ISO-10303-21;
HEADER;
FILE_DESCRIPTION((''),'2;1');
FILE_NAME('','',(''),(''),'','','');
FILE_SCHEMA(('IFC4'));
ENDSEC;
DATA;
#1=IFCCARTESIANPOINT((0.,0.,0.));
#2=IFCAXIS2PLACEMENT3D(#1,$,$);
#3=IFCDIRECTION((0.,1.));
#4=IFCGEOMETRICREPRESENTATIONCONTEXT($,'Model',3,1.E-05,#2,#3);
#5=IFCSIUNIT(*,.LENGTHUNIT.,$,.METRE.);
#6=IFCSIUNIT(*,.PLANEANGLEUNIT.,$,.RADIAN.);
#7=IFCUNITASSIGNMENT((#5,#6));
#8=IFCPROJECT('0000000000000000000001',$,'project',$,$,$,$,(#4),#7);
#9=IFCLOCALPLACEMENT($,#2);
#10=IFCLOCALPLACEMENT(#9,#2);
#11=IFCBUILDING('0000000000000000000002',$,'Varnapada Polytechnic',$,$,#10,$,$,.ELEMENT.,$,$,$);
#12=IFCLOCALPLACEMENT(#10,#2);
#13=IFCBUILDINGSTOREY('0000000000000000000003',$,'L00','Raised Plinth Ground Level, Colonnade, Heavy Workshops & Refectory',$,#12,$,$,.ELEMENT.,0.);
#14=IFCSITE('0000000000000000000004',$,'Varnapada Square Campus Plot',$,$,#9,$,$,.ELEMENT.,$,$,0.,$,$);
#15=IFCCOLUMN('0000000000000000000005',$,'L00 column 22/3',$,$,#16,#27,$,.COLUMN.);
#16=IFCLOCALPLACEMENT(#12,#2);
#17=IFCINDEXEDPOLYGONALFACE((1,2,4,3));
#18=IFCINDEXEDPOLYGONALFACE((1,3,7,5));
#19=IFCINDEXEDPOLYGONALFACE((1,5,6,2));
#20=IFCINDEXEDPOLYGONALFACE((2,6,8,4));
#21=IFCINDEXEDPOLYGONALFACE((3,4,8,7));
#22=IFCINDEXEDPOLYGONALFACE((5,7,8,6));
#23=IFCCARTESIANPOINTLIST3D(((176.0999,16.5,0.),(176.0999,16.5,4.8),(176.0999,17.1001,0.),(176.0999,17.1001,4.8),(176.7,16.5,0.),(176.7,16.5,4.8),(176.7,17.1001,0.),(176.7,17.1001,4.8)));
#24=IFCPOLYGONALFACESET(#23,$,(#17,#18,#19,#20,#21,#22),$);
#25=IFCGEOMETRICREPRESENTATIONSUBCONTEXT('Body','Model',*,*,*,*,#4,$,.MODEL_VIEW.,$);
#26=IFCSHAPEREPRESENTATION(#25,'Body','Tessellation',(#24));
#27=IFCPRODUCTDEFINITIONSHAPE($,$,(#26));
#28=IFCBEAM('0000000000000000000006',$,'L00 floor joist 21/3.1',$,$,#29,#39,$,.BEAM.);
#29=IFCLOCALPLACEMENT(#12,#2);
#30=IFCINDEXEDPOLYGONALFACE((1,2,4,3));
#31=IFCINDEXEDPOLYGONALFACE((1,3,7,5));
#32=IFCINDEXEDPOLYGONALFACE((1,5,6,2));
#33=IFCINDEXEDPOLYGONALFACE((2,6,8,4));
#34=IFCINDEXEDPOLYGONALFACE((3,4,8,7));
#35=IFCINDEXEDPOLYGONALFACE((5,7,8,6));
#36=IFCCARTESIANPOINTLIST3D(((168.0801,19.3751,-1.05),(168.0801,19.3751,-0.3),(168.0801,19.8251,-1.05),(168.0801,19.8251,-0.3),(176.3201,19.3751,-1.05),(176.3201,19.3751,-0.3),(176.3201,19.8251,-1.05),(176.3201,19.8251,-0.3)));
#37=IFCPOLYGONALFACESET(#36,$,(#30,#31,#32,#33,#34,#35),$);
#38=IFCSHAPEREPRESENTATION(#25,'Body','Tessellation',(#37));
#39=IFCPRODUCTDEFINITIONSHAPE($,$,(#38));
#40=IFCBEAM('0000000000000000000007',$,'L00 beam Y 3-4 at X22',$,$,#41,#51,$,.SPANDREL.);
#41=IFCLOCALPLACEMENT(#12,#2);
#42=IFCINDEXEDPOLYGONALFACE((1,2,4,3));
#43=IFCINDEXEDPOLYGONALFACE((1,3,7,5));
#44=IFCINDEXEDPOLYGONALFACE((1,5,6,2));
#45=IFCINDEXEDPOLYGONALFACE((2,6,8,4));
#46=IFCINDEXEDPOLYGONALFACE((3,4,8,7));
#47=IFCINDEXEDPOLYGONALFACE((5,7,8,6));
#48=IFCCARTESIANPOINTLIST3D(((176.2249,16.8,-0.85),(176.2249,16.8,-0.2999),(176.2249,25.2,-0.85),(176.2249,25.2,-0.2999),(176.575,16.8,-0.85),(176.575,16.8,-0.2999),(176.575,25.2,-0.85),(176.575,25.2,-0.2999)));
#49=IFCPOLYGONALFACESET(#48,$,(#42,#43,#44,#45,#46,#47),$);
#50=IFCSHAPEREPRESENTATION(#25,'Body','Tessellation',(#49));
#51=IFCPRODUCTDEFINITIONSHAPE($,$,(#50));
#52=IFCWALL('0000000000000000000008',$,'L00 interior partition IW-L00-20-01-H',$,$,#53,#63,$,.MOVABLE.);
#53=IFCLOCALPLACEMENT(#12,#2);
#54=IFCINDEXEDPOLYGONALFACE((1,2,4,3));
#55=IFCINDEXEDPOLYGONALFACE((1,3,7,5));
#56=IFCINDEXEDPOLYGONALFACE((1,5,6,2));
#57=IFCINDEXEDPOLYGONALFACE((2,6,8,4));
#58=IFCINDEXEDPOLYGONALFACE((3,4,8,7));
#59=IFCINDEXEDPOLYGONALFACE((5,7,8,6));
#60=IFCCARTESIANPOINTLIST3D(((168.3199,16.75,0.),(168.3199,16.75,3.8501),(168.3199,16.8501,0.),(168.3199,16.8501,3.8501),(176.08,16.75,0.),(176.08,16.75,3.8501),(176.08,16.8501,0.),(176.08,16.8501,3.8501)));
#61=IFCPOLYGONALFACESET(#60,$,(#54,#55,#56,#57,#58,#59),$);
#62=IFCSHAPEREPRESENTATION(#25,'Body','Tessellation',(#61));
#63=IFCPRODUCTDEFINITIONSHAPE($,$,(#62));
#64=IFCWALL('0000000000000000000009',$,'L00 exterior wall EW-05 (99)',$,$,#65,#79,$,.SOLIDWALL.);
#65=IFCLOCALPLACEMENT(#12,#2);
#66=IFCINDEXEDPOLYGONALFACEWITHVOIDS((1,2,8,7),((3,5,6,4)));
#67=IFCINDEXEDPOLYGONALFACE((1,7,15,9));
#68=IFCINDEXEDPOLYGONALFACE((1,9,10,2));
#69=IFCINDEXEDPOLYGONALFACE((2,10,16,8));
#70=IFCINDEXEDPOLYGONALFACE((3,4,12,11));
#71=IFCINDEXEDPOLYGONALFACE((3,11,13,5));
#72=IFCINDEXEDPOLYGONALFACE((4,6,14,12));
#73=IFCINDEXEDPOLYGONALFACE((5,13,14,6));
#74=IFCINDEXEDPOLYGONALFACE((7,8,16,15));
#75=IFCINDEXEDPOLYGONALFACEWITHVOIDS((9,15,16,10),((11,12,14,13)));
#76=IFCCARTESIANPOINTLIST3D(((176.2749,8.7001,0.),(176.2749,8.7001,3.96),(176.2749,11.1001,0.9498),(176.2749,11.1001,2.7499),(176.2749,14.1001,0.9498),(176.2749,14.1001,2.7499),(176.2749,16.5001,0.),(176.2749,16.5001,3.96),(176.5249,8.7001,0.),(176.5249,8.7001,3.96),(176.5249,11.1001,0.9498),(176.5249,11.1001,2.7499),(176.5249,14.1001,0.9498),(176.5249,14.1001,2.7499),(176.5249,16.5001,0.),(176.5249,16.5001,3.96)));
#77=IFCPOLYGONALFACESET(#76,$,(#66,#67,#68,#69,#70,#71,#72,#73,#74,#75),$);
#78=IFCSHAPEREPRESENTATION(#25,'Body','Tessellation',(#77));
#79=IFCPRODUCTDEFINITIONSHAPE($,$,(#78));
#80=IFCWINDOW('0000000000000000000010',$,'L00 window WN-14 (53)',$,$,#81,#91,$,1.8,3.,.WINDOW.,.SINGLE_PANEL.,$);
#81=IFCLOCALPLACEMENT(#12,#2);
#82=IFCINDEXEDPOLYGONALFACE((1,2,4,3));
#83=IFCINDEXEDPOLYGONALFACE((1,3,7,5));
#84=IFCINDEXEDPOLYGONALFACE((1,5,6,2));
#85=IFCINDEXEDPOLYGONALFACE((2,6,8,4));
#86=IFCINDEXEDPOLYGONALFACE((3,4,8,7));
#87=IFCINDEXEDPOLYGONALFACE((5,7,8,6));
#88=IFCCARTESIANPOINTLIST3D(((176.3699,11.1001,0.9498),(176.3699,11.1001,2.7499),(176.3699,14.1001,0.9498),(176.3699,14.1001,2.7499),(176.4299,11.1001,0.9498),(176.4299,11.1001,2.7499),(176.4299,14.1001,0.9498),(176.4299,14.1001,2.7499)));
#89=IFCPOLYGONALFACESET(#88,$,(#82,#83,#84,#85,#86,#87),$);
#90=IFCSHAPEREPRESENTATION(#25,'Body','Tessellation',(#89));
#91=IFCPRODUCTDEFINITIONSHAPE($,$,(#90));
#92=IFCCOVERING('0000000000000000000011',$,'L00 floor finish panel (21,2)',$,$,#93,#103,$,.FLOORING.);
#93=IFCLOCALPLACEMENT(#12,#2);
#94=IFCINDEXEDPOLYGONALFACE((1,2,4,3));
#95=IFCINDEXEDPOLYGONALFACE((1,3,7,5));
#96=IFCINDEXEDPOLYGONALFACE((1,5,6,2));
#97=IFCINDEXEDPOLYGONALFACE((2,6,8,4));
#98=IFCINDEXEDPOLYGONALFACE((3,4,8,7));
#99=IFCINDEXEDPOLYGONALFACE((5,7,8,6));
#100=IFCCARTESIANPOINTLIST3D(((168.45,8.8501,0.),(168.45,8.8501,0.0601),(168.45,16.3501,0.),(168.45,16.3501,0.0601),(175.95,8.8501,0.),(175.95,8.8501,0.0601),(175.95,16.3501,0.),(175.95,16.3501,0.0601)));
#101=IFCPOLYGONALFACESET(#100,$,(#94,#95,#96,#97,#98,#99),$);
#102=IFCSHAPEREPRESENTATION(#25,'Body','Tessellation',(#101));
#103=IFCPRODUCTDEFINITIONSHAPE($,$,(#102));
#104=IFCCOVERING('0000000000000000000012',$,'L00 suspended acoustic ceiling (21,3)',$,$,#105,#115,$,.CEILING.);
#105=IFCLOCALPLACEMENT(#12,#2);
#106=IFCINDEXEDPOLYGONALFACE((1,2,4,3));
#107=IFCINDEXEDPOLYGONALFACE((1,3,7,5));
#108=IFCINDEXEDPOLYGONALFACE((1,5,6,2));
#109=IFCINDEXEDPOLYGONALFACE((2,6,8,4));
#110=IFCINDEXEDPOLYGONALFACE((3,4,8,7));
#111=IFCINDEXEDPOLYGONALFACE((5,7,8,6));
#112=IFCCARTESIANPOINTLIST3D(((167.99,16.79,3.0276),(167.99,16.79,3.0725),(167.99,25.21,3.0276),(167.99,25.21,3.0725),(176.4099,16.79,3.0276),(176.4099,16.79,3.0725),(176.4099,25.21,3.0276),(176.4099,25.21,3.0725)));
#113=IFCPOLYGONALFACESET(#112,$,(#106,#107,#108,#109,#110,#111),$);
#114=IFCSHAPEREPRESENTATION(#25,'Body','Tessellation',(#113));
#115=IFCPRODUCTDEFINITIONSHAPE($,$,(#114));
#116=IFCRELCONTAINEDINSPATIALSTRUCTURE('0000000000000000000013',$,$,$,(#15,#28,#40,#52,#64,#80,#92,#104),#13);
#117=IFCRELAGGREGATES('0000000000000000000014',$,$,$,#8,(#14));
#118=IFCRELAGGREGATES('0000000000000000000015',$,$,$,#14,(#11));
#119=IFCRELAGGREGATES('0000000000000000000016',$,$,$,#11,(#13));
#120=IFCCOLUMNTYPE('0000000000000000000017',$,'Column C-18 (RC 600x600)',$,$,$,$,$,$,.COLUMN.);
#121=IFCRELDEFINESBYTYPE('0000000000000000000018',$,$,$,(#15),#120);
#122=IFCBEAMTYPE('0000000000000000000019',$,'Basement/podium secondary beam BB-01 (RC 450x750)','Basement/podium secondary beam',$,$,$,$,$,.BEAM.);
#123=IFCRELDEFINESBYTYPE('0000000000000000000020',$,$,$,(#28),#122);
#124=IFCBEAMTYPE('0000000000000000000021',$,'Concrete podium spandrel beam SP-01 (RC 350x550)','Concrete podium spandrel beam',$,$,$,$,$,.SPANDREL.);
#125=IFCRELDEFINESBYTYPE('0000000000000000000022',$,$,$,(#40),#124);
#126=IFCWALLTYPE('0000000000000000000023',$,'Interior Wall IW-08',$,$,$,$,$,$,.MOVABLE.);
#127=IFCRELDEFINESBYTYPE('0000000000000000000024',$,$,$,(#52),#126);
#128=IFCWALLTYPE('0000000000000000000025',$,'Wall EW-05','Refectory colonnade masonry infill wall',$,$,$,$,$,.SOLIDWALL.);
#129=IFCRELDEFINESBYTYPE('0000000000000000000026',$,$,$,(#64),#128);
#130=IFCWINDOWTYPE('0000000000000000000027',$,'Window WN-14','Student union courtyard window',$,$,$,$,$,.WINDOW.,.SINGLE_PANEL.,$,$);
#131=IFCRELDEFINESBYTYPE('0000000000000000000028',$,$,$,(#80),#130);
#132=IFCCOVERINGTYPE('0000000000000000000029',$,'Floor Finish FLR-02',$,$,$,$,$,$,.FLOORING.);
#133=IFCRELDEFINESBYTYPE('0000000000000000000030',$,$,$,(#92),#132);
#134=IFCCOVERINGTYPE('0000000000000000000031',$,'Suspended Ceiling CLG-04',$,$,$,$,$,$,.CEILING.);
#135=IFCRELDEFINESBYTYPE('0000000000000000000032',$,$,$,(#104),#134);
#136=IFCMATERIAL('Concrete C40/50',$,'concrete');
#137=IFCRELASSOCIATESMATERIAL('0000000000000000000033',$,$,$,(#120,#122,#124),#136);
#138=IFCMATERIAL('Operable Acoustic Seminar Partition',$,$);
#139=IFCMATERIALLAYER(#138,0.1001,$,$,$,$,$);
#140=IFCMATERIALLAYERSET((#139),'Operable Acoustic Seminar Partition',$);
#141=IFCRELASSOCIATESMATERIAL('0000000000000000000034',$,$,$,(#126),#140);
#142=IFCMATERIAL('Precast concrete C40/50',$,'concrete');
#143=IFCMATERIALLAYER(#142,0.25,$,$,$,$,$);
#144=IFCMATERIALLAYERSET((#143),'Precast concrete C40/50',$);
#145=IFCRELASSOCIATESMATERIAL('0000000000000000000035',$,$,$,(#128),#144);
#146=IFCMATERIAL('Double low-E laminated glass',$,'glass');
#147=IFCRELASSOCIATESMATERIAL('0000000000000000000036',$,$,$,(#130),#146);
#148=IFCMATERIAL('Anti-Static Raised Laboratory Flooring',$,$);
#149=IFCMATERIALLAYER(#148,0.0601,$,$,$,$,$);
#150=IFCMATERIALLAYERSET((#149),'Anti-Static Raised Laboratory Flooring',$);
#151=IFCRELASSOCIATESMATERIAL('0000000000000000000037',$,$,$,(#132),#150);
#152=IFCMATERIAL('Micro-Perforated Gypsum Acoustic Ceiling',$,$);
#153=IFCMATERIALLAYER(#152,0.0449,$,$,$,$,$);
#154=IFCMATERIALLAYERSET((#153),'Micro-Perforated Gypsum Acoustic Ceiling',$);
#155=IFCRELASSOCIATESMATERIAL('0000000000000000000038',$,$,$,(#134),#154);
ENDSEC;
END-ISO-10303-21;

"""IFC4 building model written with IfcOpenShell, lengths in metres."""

from ifc_helpers import new_model, si_unit, direction, frame, frame_2d, origin, origin_2d, place, context, subcontext, project, spatial, rectangle, extrude, material, layer, layer_set, material_profile, profile_set, type_object, element, fill, save


model = new_model("IFC4")

# Units and contexts
model_context = context("Model", 3, precision=1e-05, world=origin(), true_north=direction((0.0, 1.0)))
body_context = subcontext(model_context, "Body", "Model", "MODEL_VIEW")
ifc_project = project(units=[si_unit("LENGTHUNIT", "METRE"), si_unit("PLANEANGLEUNIT", "RADIAN")], contexts=[model_context])

# Site, building, storey
site_placement = place(None, origin())
site = spatial("IfcSite", under=ifc_project, at=site_placement, Name="Varnapada Square Campus Plot", CompositionType="ELEMENT", RefElevation=0.0)
building_placement = place(site_placement, origin())
building = spatial("IfcBuilding", under=site, at=building_placement, Name="Varnapada Polytechnic", CompositionType="ELEMENT")
storey_placement = place(building_placement, origin())
storey = spatial("IfcBuildingStorey", under=building, at=storey_placement, Name="L00", Description="Raised Plinth Ground Level, Colonnade, Heavy Workshops & Refectory", CompositionType="ELEMENT", Elevation=0.0)

# Column
ifc_material_1 = material(Name="Concrete C40/50", Category="concrete")
ifc_material_profile_1 = material_profile(ifc_material_1, rectangle(XDim=0.6001, YDim=0.6001, at=origin_2d()), Name="RC 600x600")
ifc_profile_set_1 = profile_set([ifc_material_profile_1], Name="Concrete C40/50")
column_type = type_object("IfcColumnType", Name="Column C-18 (RC 600x600)", PredefinedType="COLUMN", material=ifc_profile_set_1)
column_placement = place(storey_placement, frame((176.3999, 16.8, 0.0), z_axis=(0.0, 0.0, 1.0), x_axis=(1.0, 0.0, 0.0)))
element("IfcColumn", 1, at=column_placement, inside=storey, type_object=column_type, Name="L00 column 22/3", PredefinedType="COLUMN", context=body_context, shape_type="SweptSolid", body=[
    extrude(rectangle(XDim=0.6001, YDim=0.6001, at=origin_2d()), origin(), (0.0, 0.0, 1.0), 4.8),
])

# Beams
ifc_material_profile_2 = material_profile(ifc_material_1, rectangle(XDim=0.45, YDim=0.75, at=origin_2d()), Name="RC 450x750")
ifc_profile_set_2 = profile_set([ifc_material_profile_2], Name="Concrete C40/50")
beam_type_1 = type_object("IfcBeamType", Name="Basement/podium secondary beam BB-01 (RC 450x750)", Description="Basement/podium secondary beam", PredefinedType="BEAM", material=ifc_profile_set_2)
beam_1_placement = place(storey_placement, frame((168.0801, 19.6001, -0.675), z_axis=(1.0, 0.0, 0.0), x_axis=(0.0, 1.0, 0.0)))
element("IfcBeam", 2, at=beam_1_placement, inside=storey, type_object=beam_type_1, Name="L00 floor joist 21/3.1", PredefinedType="BEAM", context=body_context, shape_type="SweptSolid", body=[
    extrude(rectangle(XDim=0.45, YDim=0.75, at=origin_2d()), origin(), (0.0, 0.0, 1.0), 8.24),
])
ifc_material_profile_3 = material_profile(ifc_material_1, rectangle(XDim=0.3501, YDim=0.55, at=origin_2d()), Name="RC 350x550")
ifc_profile_set_3 = profile_set([ifc_material_profile_3], Name="Concrete C40/50")
beam_type_2 = type_object("IfcBeamType", Name="Concrete podium spandrel beam SP-01 (RC 350x550)", Description="Concrete podium spandrel beam", PredefinedType="SPANDREL", material=ifc_profile_set_3)
beam_2_placement = place(storey_placement, frame((176.3999, 16.8, -0.575), z_axis=(0.0, 1.0, 0.0), x_axis=(-1.0, 0.0, 0.0)))
element("IfcBeam", 3, at=beam_2_placement, inside=storey, type_object=beam_type_2, Name="L00 beam Y 3-4 at X22", PredefinedType="SPANDREL", context=body_context, shape_type="SweptSolid", body=[
    extrude(rectangle(XDim=0.3501, YDim=0.55, at=origin_2d()), origin(), (0.0, 0.0, 1.0), 8.3999),
])

# Wall
ifc_material_2 = material(Name="Operable Acoustic Seminar Partition")
ifc_layer_1 = layer(ifc_material_2, 0.1001)
ifc_layer_set_1 = layer_set([ifc_layer_1], Name="Operable Acoustic Seminar Partition")
wall_type_1 = type_object("IfcWallType", Name="Interior Wall IW-08", PredefinedType="MOVABLE", material=ifc_layer_set_1)
wall_1_placement = place(storey_placement, frame((168.3201, 16.8, 0.0), z_axis=(0.0, 0.0, 1.0), x_axis=(1.0, 0.0, 0.0)))
element("IfcWall", 4, at=wall_1_placement, inside=storey, type_object=wall_type_1, Name="L00 interior partition IW-L00-20-01-H", PredefinedType="MOVABLE", context=body_context, shape_type="SweptSolid", body=[
    extrude(rectangle(XDim=7.76, YDim=0.1001, at=frame_2d((3.8799, 0.0))), origin(), (0.0, 0.0, 1.0), 3.8501),
])

# Wall, opening, window
ifc_material_3 = material(Name="Precast concrete C40/50", Category="concrete")
ifc_layer_2 = layer(ifc_material_3, 0.25)
ifc_layer_set_2 = layer_set([ifc_layer_2], Name="Precast concrete C40/50")
wall_type_2 = type_object("IfcWallType", Name="Wall EW-05", Description="Refectory colonnade masonry infill wall", PredefinedType="SOLIDWALL", material=ifc_layer_set_2)
wall_2_placement = place(storey_placement, frame((176.3999, 16.5, 0.0), z_axis=(0.0, 0.0, 1.0), x_axis=(0.0, -1.0, 0.0)))
wall_2 = element("IfcWall", 5, at=wall_2_placement, inside=storey, type_object=wall_type_2, Name="L00 exterior wall EW-05 (99)", PredefinedType="SOLIDWALL", context=body_context, shape_type="SweptSolid", body=[
    extrude(rectangle(XDim=7.8, YDim=0.25, at=frame_2d((3.8999, 0.0))), origin(), (0.0, 0.0, 1.0), 3.96),
])
opening_1_placement = place(wall_2_placement, frame((2.3999, 0.0, 0.95)))
opening_1 = element("IfcOpeningElement", 6, at=opening_1_placement, cuts=wall_2, PredefinedType="OPENING", context=body_context, shape_type="SweptSolid", body=[
    extrude(rectangle(XDim=3.0, YDim=1.8, at=frame_2d((1.5, 0.8999))), frame((0.0, 0.135, 0.0), z_axis=(0.0, -1.0, 0.0), x_axis=(1.0, 0.0, 0.0)), (0.0, 0.0, 1.0), 0.27),
])
ifc_material_4 = material(Name="Double low-E laminated glass", Category="glass")
window_type = type_object("IfcWindowType", Name="Window WN-14", Description="Student union courtyard window", PartitioningType="SINGLE_PANEL", PredefinedType="WINDOW", material=ifc_material_4)
window_placement = place(opening_1_placement, origin())
window = element("IfcWindow", 7, at=window_placement, inside=storey, type_object=window_type, Name="L00 window WN-14 (53)", OverallHeight=1.8, OverallWidth=3.0, PartitioningType="SINGLE_PANEL", PredefinedType="WINDOW", context=body_context, shape_type="SweptSolid", body=[
    extrude(rectangle(XDim=3.0, YDim=1.8, at=frame_2d((1.5, 0.8999))), frame((0.0, 0.03, 0.0), z_axis=(0.0, -1.0, 0.0), x_axis=(1.0, 0.0, 0.0)), (0.0, 0.0, 1.0), 0.0601),
])
fill(opening_1, window)

# Covering
ifc_material_5 = material(Name="Anti-Static Raised Laboratory Flooring")
ifc_layer_3 = layer(ifc_material_5, 0.0601)
ifc_layer_set_3 = layer_set([ifc_layer_3], Name="Anti-Static Raised Laboratory Flooring")
covering_type_1 = type_object("IfcCoveringType", Name="Floor Finish FLR-02", PredefinedType="FLOORING", material=ifc_layer_set_3)
covering_1_placement = place(storey_placement, frame((172.2, 12.6001, 0.0), z_axis=(0.0, 0.0, 1.0), x_axis=(1.0, 0.0, 0.0)))
element("IfcCovering", 8, at=covering_1_placement, inside=storey, type_object=covering_type_1, Name="L00 floor finish panel (21,2)", PredefinedType="FLOORING", context=body_context, shape_type="SweptSolid", body=[
    extrude(rectangle(XDim=7.5, YDim=7.5, at=origin_2d()), origin(), (0.0, 0.0, 1.0), 0.0601),
])

# Covering
ifc_material_6 = material(Name="Micro-Perforated Gypsum Acoustic Ceiling")
ifc_layer_4 = layer(ifc_material_6, 0.0449)
ifc_layer_set_4 = layer_set([ifc_layer_4], Name="Micro-Perforated Gypsum Acoustic Ceiling")
covering_type_2 = type_object("IfcCoveringType", Name="Suspended Ceiling CLG-04", PredefinedType="CEILING", material=ifc_layer_set_4)
covering_2_placement = place(storey_placement, frame((172.2, 21.0, 3.0276), z_axis=(0.0, 0.0, 1.0), x_axis=(1.0, 0.0, 0.0)))
element("IfcCovering", 9, at=covering_2_placement, inside=storey, type_object=covering_type_2, Name="L00 suspended acoustic ceiling (21,3)", PredefinedType="CEILING", context=body_context, shape_type="SweptSolid", body=[
    extrude(rectangle(XDim=8.4199, YDim=8.4199, at=origin_2d()), origin(), (0.0, 0.0, 1.0), 0.0449),
])

save(model, "model.ifc")
